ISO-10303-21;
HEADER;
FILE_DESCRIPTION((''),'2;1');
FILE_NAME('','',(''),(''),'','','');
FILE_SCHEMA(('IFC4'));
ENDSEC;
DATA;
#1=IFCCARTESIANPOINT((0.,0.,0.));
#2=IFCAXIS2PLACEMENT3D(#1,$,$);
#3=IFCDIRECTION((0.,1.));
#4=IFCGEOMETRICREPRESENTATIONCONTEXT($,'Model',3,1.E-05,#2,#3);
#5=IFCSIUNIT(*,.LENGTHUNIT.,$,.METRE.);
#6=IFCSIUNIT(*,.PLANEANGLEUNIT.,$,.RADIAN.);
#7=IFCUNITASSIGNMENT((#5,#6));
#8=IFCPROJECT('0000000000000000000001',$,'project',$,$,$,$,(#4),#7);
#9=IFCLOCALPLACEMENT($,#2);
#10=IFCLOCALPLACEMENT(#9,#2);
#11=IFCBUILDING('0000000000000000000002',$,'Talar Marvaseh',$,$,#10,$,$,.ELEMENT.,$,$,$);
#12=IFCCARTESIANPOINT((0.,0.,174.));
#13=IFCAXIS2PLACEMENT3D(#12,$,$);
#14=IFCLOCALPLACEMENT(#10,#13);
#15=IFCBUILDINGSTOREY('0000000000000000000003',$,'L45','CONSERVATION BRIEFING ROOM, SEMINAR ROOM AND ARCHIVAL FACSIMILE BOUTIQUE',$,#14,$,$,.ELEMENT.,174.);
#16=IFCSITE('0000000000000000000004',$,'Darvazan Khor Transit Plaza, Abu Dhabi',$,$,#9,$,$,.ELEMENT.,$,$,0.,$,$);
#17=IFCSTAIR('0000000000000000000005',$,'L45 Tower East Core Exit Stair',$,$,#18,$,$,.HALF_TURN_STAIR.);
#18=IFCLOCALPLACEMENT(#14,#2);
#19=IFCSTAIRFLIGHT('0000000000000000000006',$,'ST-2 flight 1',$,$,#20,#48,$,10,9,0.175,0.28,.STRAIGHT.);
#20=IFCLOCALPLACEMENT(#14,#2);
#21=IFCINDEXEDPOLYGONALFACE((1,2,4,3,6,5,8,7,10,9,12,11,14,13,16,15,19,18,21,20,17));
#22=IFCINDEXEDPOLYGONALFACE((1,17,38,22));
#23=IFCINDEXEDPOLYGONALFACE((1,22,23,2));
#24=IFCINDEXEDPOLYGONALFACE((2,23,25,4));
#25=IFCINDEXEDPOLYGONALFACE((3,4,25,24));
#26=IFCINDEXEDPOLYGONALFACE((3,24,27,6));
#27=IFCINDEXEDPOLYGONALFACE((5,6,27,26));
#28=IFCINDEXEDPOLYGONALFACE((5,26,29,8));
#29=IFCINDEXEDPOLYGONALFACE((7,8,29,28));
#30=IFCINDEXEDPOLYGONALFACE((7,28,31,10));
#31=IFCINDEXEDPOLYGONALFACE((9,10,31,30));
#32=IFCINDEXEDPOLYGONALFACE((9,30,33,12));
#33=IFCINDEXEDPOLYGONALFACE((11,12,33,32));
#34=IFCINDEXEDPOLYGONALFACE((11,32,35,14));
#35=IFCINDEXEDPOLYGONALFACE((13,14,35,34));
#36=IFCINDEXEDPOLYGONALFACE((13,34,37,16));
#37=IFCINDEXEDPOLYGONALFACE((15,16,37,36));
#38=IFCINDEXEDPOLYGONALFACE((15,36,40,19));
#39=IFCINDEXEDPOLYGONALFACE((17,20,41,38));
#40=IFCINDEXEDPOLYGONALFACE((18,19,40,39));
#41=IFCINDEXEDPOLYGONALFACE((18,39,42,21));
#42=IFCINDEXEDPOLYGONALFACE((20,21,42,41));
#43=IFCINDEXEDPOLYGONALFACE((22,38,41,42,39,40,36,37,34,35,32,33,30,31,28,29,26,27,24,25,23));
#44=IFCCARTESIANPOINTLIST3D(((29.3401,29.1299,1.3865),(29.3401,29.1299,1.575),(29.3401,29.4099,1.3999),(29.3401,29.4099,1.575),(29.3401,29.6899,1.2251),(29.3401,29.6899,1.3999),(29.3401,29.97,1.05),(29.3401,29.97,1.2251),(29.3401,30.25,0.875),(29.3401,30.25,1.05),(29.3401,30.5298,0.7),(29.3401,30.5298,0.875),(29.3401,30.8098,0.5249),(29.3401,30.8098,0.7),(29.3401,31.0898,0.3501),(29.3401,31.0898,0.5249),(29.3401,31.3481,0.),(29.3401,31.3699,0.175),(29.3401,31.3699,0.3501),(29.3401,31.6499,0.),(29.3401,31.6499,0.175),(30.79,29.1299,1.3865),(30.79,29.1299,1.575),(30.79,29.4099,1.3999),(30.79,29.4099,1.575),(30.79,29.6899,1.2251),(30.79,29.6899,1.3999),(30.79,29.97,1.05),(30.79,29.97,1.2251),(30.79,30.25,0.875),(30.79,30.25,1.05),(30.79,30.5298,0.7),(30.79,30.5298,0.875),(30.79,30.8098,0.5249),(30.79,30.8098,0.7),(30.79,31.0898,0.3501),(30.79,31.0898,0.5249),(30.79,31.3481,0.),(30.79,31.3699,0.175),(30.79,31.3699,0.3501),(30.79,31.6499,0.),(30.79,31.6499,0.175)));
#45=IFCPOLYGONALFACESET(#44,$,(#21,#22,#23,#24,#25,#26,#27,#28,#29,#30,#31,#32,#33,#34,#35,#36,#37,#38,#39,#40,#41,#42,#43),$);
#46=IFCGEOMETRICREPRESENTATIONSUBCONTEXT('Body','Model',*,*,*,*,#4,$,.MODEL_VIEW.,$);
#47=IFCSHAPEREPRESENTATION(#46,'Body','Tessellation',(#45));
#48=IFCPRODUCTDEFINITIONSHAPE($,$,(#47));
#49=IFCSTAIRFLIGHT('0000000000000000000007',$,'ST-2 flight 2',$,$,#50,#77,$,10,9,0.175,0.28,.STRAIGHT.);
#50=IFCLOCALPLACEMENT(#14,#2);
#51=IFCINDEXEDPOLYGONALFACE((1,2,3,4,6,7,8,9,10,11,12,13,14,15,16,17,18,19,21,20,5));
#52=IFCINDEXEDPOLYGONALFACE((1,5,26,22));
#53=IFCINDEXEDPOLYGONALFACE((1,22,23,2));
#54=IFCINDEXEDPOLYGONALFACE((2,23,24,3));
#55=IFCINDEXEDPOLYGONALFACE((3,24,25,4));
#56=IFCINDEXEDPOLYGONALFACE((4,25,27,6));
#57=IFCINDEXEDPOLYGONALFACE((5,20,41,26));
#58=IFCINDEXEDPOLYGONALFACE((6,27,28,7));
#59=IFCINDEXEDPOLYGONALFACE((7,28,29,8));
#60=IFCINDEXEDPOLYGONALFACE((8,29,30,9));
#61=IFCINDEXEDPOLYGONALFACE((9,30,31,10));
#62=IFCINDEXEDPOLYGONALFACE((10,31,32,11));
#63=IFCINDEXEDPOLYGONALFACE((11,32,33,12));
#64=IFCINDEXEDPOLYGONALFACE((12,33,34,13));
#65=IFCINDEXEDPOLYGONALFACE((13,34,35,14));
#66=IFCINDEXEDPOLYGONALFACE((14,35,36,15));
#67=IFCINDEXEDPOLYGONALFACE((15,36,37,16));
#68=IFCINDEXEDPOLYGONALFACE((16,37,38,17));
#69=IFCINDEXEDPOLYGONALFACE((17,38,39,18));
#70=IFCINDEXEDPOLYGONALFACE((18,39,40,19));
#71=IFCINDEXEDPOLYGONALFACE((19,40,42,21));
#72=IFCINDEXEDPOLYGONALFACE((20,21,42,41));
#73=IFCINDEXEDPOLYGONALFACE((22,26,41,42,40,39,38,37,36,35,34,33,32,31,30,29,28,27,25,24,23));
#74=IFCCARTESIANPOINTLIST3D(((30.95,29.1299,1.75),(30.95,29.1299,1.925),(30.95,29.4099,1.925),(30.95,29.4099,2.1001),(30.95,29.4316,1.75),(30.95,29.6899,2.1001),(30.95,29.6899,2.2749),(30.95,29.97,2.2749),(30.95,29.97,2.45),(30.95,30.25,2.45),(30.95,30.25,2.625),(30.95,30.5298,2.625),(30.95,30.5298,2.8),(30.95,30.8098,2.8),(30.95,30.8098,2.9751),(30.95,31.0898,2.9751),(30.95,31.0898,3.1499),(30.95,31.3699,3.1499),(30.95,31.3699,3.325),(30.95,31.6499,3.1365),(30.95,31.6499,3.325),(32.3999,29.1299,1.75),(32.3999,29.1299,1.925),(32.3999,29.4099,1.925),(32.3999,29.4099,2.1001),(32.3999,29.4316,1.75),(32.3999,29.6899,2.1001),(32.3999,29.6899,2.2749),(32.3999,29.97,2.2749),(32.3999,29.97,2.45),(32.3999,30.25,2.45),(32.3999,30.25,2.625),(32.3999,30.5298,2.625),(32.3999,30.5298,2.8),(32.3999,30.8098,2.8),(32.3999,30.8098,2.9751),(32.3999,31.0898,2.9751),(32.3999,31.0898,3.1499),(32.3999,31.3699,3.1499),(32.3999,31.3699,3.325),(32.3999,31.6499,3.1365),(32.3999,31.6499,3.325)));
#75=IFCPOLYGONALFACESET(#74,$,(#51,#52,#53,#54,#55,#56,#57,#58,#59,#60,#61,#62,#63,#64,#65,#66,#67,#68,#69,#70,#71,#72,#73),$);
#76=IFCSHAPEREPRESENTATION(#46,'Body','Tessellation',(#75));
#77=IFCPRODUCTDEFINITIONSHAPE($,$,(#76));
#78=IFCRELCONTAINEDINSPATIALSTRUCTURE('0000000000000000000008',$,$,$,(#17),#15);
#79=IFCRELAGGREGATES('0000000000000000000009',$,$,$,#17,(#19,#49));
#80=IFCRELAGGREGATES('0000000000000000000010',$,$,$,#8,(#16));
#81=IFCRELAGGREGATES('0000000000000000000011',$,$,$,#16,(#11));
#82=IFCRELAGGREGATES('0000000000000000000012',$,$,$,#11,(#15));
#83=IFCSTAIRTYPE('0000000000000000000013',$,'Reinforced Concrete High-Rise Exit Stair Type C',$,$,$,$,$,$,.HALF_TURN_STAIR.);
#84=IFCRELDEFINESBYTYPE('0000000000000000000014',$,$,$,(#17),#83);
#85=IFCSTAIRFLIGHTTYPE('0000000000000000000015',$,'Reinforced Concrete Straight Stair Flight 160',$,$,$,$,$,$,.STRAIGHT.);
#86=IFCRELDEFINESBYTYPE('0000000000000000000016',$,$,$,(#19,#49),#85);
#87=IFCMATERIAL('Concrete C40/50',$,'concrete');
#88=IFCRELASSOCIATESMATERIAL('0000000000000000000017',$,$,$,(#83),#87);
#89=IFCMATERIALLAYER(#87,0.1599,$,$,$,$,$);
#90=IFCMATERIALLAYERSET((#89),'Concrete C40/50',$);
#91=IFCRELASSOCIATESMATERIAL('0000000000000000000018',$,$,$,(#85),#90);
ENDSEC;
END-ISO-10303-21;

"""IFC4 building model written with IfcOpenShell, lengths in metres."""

from ifc_helpers import new_model, si_unit, direction, frame, origin, place, context, subcontext, project, spatial, polyline, outline, extrude, material, layer, layer_set, type_object, element, aggregate, save


model = new_model("IFC4")

# Units and contexts
model_context = context("Model", 3, precision=1e-05, world=origin(), true_north=direction((0.0, 1.0)))
body_context = subcontext(model_context, "Body", "Model", "MODEL_VIEW")
ifc_project = project(units=[si_unit("LENGTHUNIT", "METRE"), si_unit("PLANEANGLEUNIT", "RADIAN")], contexts=[model_context])

# Site, building, storey
site_placement = place(None, origin())
site = spatial("IfcSite", under=ifc_project, at=site_placement, Name="Darvazan Khor Transit Plaza, Abu Dhabi", CompositionType="ELEMENT", RefElevation=0.0)
building_placement = place(site_placement, origin())
building = spatial("IfcBuilding", under=site, at=building_placement, Name="Talar Marvaseh", CompositionType="ELEMENT")
storey_placement = place(building_placement, frame((0.0, 0.0, 174.0)))
storey = spatial("IfcBuildingStorey", under=building, at=storey_placement, Name="L45", Description="CONSERVATION BRIEFING ROOM, SEMINAR ROOM AND ARCHIVAL FACSIMILE BOUTIQUE", CompositionType="ELEMENT", Elevation=174.0)

# Shared definitions
ifc_material_1 = material(Name="Concrete C40/50", Category="concrete")

# Stair, stair flights
stair_type = type_object("IfcStairType", Name="Reinforced Concrete High-Rise Exit Stair Type C", PredefinedType="HALF_TURN_STAIR", material=ifc_material_1)
stair_placement = place(storey_placement, origin())
stair = element("IfcStair", 1, at=stair_placement, inside=storey, type_object=stair_type, Name="L45 Tower East Core Exit Stair", PredefinedType="HALF_TURN_STAIR")
ifc_layer_1 = layer(ifc_material_1, 0.1599)
ifc_layer_set_1 = layer_set([ifc_layer_1], Name="Concrete C40/50")
stair_flight_type = type_object("IfcStairFlightType", Name="Reinforced Concrete Straight Stair Flight 160", PredefinedType="STRAIGHT", material=ifc_layer_set_1)
stair_flight_1_placement = place(storey_placement, frame((30.0649, 31.6499, 0.0), z_axis=(0.0, 0.0, 1.0), x_axis=(0.0, -1.0, 0.0)))
stair_flight_1 = element("IfcStairFlight", 2, at=stair_flight_1_placement, type_object=stair_flight_type, Name="ST-2 flight 1", NumberOfRisers=10, NumberOfTreads=9, PredefinedType="STRAIGHT", RiserHeight=0.175, TreadLength=0.28, context=body_context, shape_type="SweptSolid", body=[
    extrude(outline(polyline([(0.0, 0.0), (0.0, 0.175), (0.28, 0.175), (0.28, 0.3501), (0.5601, 0.3501), (0.5601, 0.5249), (0.8401, 0.5249), (0.8401, 0.7), (1.1201, 0.7), (1.1201, 0.875), (1.3999, 0.875), (1.3999, 1.05), (1.6799, 1.05), (1.6799, 1.2251), (1.96, 1.2251), (1.96, 1.3999), (2.24, 1.3999), (2.24, 1.575), (2.52, 1.575), (2.52, 1.75), (2.52, 1.3865), (0.3018, 0.0), (0.0, 0.0)])), frame((0.0, 0.7251, 0.0), z_axis=(0.0, -1.0, 0.0), x_axis=(1.0, 0.0, 0.0)), (0.0, 0.0, 1.0), 1.45),
])
stair_flight_2_placement = place(storey_placement, frame((31.675, 29.1299, 1.75), z_axis=(0.0, 0.0, 1.0), x_axis=(0.0, 1.0, 0.0)))
stair_flight_2 = element("IfcStairFlight", 3, at=stair_flight_2_placement, type_object=stair_flight_type, Name="ST-2 flight 2", NumberOfRisers=10, NumberOfTreads=9, PredefinedType="STRAIGHT", RiserHeight=0.175, TreadLength=0.28, context=body_context, shape_type="SweptSolid", body=[
    extrude(outline(polyline([(0.0, 0.0), (0.0, 0.175), (0.28, 0.175), (0.28, 0.3501), (0.5601, 0.3501), (0.5601, 0.5249), (0.8401, 0.5249), (0.8401, 0.7), (1.1201, 0.7), (1.1201, 0.875), (1.3999, 0.875), (1.3999, 1.05), (1.6799, 1.05), (1.6799, 1.2251), (1.96, 1.2251), (1.96, 1.3999), (2.24, 1.3999), (2.24, 1.575), (2.52, 1.575), (2.52, 1.75), (2.52, 1.3865), (0.3018, 0.0), (0.0, 0.0)])), frame((0.0, 0.7251, 0.0), z_axis=(0.0, -1.0, 0.0), x_axis=(1.0, 0.0, 0.0)), (0.0, 0.0, 1.0), 1.45),
])
aggregate(stair, [stair_flight_1, stair_flight_2])

save(model, "model.ifc")
